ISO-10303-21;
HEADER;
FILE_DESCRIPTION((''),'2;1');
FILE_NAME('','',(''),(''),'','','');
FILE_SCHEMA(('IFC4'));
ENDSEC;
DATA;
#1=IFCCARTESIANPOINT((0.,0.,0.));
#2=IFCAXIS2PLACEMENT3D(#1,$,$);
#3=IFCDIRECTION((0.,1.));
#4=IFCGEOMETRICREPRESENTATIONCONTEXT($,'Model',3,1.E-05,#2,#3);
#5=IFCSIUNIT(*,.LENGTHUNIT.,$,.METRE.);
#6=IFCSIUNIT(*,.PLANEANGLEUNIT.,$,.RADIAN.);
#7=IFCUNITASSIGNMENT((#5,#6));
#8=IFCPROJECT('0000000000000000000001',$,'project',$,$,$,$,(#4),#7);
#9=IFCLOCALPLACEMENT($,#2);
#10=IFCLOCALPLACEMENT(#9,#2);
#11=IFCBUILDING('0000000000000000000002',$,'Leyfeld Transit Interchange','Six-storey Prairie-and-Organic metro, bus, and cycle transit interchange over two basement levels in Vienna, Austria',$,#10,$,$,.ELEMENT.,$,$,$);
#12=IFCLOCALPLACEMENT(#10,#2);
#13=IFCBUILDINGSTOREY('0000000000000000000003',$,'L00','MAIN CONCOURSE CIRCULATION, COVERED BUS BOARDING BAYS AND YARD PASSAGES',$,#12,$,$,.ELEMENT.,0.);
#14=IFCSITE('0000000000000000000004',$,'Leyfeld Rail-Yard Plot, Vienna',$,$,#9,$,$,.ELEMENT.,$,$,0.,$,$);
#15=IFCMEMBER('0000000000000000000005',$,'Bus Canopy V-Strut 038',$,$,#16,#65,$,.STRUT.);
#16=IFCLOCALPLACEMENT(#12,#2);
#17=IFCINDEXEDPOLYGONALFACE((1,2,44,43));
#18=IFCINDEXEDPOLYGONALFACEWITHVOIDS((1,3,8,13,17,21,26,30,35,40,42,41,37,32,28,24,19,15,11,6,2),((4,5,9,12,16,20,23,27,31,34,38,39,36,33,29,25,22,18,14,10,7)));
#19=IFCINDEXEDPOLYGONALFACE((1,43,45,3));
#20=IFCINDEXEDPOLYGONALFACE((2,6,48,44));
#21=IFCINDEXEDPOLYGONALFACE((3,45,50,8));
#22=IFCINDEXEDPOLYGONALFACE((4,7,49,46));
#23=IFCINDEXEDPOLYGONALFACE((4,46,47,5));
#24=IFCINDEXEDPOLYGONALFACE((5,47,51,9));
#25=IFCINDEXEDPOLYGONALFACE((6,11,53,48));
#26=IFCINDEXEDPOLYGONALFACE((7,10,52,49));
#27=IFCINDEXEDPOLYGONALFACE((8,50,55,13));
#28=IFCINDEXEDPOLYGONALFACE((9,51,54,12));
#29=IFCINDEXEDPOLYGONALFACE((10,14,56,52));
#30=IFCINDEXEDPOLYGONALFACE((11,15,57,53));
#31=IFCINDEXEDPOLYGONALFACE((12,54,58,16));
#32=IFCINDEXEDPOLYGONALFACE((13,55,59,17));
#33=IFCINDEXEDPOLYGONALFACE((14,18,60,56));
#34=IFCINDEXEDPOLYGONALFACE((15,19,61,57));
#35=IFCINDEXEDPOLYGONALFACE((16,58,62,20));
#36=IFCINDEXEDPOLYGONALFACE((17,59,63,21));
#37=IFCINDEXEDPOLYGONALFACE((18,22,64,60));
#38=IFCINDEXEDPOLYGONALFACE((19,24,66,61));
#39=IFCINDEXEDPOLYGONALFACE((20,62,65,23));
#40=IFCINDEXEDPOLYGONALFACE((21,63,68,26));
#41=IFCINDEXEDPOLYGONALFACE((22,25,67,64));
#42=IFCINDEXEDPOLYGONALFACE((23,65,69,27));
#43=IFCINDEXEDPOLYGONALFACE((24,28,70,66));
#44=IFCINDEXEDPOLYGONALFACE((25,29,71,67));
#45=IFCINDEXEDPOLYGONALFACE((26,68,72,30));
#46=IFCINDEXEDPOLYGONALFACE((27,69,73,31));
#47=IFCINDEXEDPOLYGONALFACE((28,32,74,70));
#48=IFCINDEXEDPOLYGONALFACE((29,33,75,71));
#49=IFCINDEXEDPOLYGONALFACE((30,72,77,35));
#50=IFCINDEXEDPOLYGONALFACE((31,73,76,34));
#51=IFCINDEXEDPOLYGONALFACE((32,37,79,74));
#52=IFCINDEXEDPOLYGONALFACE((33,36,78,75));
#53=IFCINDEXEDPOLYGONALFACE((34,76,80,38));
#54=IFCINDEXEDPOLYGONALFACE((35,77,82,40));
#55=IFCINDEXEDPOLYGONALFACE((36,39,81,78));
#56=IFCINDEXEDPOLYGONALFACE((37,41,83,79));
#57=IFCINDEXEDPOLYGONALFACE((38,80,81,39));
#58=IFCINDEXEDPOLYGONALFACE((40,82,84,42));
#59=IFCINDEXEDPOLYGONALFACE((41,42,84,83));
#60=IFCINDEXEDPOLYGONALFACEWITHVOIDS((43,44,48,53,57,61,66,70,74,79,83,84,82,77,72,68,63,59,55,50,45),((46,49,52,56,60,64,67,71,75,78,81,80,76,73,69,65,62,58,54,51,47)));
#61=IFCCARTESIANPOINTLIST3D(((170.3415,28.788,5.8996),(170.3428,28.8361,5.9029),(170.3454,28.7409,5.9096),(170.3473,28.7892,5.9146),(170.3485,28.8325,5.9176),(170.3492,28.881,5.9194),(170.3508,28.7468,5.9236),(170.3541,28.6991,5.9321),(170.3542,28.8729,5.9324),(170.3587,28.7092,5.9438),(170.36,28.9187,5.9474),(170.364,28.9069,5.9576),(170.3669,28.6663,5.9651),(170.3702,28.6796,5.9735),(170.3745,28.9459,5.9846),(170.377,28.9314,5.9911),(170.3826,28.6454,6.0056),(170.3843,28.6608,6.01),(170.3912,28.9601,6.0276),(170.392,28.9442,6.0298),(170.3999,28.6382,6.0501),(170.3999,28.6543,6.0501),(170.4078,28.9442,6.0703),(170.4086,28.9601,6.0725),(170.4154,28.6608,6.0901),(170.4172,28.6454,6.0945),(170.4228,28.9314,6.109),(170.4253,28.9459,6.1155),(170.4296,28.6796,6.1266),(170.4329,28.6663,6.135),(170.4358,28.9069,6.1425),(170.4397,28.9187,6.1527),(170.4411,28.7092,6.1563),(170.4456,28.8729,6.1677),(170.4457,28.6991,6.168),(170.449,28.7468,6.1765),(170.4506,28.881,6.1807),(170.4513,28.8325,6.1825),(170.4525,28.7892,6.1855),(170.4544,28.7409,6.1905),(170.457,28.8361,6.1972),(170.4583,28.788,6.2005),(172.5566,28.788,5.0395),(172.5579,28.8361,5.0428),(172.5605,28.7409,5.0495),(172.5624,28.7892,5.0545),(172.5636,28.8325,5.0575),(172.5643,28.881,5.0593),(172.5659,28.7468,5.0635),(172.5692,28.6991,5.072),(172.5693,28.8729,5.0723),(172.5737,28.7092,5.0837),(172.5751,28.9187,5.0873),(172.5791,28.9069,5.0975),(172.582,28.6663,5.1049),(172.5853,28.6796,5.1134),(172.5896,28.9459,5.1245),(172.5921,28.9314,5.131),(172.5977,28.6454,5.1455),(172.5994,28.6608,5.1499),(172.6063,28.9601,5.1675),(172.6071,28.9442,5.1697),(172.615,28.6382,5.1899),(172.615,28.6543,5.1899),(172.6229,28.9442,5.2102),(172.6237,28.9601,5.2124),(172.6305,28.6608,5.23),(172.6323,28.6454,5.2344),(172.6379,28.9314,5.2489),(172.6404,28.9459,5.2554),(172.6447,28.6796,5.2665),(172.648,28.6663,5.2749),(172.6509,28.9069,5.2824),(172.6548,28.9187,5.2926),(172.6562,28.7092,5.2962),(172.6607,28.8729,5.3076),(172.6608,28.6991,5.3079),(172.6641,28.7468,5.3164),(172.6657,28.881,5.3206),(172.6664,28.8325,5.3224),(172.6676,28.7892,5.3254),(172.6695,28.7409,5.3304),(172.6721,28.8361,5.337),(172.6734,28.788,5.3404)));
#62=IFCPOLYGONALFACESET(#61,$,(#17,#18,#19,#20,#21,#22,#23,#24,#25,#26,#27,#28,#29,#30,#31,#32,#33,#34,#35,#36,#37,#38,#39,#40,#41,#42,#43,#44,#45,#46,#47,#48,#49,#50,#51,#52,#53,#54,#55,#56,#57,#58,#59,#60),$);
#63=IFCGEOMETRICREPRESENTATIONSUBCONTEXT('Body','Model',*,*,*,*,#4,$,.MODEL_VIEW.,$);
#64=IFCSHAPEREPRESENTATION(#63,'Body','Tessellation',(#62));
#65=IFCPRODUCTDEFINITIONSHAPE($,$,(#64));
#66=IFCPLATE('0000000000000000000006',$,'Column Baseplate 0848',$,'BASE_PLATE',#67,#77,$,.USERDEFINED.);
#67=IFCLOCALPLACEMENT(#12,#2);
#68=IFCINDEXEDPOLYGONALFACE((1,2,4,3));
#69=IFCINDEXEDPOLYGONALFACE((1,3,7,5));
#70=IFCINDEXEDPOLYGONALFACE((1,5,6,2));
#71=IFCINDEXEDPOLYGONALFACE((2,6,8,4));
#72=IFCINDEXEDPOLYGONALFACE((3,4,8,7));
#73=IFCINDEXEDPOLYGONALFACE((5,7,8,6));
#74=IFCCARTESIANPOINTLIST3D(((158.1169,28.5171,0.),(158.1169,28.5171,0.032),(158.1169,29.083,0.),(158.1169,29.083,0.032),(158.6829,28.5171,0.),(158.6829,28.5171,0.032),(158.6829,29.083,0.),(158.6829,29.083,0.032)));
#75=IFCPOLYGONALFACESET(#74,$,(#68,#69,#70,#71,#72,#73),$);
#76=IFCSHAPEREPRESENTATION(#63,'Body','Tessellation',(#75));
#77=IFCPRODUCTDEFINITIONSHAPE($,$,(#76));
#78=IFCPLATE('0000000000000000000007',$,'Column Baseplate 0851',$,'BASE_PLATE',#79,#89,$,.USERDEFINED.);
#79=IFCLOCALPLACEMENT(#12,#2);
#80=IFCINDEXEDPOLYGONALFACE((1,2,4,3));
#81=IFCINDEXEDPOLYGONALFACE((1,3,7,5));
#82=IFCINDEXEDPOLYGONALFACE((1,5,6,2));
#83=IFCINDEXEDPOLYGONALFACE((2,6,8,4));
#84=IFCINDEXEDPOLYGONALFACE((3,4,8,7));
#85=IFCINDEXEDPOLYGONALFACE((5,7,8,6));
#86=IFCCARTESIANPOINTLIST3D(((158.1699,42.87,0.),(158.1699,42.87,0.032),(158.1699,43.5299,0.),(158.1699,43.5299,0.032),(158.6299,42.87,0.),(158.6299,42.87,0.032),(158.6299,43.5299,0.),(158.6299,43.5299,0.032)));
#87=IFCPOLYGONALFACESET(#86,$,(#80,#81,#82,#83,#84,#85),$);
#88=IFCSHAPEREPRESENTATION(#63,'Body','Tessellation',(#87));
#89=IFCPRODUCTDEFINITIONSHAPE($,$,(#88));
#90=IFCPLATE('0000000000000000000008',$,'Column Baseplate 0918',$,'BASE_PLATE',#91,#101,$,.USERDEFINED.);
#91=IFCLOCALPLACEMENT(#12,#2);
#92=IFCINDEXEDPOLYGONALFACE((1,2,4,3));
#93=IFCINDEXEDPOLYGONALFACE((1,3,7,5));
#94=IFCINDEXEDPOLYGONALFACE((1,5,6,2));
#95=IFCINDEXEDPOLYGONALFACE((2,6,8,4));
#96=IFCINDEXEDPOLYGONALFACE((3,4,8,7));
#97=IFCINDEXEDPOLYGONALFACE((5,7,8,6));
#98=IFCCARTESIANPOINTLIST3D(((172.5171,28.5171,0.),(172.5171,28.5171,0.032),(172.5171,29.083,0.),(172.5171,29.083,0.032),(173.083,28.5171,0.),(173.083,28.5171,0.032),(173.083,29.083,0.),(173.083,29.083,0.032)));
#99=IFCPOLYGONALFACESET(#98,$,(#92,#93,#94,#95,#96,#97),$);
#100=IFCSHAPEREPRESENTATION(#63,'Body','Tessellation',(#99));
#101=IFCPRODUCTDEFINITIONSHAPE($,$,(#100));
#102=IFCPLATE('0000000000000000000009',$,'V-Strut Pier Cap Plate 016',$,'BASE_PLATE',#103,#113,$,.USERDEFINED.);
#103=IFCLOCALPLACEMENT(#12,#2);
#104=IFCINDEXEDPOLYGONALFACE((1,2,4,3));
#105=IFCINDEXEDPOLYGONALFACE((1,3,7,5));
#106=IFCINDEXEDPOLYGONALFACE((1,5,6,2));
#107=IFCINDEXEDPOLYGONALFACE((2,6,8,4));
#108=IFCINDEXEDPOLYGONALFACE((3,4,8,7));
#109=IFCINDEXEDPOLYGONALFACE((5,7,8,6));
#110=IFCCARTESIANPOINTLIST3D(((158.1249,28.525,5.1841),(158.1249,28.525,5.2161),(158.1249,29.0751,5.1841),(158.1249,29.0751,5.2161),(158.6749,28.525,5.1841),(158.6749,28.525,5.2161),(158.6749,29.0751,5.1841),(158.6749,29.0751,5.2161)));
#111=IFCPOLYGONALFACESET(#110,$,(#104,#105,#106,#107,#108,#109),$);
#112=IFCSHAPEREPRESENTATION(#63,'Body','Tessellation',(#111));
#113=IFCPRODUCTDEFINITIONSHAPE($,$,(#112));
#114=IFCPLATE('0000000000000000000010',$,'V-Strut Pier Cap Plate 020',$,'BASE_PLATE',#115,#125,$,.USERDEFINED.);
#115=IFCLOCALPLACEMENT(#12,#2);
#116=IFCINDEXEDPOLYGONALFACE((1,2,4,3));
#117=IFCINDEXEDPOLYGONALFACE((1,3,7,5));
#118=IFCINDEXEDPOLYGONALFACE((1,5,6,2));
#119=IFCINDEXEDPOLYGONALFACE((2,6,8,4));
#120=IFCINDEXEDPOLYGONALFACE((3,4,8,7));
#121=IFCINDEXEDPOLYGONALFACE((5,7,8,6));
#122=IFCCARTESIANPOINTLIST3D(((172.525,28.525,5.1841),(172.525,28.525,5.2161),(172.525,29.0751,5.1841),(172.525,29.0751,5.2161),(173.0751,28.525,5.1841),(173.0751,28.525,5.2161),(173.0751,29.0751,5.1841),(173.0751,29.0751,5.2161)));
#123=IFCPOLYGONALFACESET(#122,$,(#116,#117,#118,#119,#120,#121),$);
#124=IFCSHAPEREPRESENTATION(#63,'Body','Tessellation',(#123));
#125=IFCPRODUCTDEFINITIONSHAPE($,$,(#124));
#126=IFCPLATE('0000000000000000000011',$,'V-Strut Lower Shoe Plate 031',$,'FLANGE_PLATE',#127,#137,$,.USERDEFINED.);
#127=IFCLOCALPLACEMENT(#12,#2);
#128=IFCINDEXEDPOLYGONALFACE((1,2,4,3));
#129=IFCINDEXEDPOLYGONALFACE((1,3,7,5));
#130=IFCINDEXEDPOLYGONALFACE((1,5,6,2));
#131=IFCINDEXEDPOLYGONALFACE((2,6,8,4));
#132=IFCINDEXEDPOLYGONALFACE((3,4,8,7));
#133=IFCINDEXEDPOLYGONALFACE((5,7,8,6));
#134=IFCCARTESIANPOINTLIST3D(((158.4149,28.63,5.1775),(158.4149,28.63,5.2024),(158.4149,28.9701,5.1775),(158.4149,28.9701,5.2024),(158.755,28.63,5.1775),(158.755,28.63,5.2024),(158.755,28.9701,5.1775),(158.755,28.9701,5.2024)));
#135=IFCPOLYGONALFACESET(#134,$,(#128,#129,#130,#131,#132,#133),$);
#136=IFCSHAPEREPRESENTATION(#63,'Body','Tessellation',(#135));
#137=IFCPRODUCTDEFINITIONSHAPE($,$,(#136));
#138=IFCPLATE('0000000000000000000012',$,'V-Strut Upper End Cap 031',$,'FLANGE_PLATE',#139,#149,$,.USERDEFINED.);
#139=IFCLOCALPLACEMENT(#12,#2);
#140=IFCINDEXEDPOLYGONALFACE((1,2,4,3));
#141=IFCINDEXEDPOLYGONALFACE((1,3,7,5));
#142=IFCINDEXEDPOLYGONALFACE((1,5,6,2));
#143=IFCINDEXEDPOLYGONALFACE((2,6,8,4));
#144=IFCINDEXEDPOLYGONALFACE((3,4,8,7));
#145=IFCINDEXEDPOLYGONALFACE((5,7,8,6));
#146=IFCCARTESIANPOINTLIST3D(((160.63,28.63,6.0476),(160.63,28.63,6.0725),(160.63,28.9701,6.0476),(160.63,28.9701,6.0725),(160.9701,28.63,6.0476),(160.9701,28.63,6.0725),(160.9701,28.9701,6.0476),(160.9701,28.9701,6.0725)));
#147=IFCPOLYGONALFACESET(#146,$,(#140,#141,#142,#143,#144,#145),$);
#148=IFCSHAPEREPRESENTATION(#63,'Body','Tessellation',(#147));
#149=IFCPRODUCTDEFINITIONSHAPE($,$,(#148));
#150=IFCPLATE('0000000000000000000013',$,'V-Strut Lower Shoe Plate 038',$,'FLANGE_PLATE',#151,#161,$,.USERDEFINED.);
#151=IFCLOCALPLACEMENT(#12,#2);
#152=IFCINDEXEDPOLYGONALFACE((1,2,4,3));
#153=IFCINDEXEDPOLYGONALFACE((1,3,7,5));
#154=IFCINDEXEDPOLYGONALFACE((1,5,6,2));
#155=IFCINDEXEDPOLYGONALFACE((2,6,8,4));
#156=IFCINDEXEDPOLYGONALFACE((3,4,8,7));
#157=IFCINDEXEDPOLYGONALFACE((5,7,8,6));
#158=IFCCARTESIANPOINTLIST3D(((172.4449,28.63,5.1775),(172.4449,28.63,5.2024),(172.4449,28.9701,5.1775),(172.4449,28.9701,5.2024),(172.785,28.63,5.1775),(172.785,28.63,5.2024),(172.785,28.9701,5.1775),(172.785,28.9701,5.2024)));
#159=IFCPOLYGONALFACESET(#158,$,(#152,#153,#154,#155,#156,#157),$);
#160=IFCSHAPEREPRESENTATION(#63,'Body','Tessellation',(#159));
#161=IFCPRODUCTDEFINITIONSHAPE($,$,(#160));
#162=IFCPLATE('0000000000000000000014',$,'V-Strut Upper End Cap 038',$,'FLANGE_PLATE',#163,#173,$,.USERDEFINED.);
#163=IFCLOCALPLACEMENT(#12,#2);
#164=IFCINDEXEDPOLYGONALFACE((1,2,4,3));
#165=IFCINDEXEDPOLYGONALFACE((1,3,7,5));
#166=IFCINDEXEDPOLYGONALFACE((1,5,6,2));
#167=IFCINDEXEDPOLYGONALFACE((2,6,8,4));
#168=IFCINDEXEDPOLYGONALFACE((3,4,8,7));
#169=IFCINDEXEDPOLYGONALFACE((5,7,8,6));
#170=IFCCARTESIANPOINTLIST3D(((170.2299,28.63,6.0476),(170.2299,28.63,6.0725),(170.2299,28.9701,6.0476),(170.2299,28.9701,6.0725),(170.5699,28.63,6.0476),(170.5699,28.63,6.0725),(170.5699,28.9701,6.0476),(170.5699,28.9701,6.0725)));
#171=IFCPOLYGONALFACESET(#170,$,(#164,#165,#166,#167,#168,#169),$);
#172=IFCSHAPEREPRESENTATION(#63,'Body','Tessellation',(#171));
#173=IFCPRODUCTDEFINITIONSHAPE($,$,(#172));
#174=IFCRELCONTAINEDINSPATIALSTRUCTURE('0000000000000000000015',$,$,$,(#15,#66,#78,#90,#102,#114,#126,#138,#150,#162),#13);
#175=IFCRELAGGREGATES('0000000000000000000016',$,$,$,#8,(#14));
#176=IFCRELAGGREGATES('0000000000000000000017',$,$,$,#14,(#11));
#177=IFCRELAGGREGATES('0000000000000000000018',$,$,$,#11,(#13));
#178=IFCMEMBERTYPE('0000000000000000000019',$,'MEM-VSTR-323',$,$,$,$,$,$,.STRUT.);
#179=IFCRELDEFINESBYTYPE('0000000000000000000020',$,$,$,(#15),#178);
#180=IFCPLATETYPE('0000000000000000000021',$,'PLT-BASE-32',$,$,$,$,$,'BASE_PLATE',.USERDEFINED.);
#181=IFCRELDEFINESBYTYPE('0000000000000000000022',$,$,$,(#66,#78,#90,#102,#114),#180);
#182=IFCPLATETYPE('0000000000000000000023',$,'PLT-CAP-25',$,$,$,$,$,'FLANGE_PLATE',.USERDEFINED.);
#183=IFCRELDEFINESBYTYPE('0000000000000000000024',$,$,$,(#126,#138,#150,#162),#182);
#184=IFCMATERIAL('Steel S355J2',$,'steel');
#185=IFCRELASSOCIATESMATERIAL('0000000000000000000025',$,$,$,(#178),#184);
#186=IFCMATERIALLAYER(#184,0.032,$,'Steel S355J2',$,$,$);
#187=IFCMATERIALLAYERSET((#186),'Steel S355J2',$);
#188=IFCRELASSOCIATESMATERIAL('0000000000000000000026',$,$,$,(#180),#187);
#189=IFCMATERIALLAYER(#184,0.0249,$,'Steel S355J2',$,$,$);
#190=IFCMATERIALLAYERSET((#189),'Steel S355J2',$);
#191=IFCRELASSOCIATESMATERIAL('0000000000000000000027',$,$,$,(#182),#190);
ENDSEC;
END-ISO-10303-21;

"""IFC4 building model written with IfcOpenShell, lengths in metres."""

from ifc_helpers import new_model, si_unit, direction, frame, origin, origin_2d, place, context, subcontext, project, spatial, rectangle, hollow_circle, extrude, material, layer, layer_set, material_profile, profile_set, type_object, element, save


model = new_model("IFC4")

# Units and contexts
model_context = context("Model", 3, precision=1e-05, world=origin(), true_north=direction((0.0, 1.0)))
body_context = subcontext(model_context, "Body", "Model", "MODEL_VIEW")
ifc_project = project(units=[si_unit("LENGTHUNIT", "METRE"), si_unit("PLANEANGLEUNIT", "RADIAN")], contexts=[model_context])

# Site, building, storey
site_placement = place(None, origin())
site = spatial("IfcSite", under=ifc_project, at=site_placement, Name="Leyfeld Rail-Yard Plot, Vienna", CompositionType="ELEMENT", RefElevation=0.0)
building_placement = place(site_placement, origin())
building = spatial("IfcBuilding", under=site, at=building_placement, Name="Leyfeld Transit Interchange", Description="Six-storey Prairie-and-Organic metro, bus, and cycle transit interchange over two basement levels in Vienna, Austria", CompositionType="ELEMENT")
storey_placement = place(building_placement, origin())
storey = spatial("IfcBuildingStorey", under=building, at=storey_placement, Name="L00", Description="MAIN CONCOURSE CIRCULATION, COVERED BUS BOARDING BAYS AND YARD PASSAGES", CompositionType="ELEMENT", Elevation=0.0)

# Shared definitions
ifc_material_1 = material(Name="Steel S355J2", Category="steel")

# Member
ifc_material_profile_1 = material_profile(ifc_material_1, hollow_circle(Radius=0.1619, WallThickness=0.0161, at=origin_2d()), Name="CHS 323.9x16")
ifc_profile_set_1 = profile_set([ifc_material_profile_1], Name="Steel S355J2")
member_type_1 = type_object("IfcMemberType", Name="MEM-VSTR-323", PredefinedType="STRUT", material=ifc_profile_set_1)
member_1_placement = place(storey_placement, frame((172.615, 28.8, 5.1899), z_axis=(-0.932192, 0.0, 0.361965), x_axis=(0.0, -1.0, 0.0)))
element("IfcMember", 1, at=member_1_placement, inside=storey, type_object=member_type_1, Name="Bus Canopy V-Strut 038", PredefinedType="STRUT", context=body_context, shape_type="SweptSolid", body=[
    extrude(hollow_circle(Radius=0.1619, WallThickness=0.0161, at=origin_2d()), origin(), (0.0, 0.0, 1.0), 2.3762),
])

# Plates
ifc_layer_1 = layer(ifc_material_1, 0.032, Name="Steel S355J2")
ifc_layer_set_1 = layer_set([ifc_layer_1], Name="Steel S355J2")
plate_type_1 = type_object("IfcPlateType", Name="PLT-BASE-32", ElementType="BASE_PLATE", PredefinedType="USERDEFINED", material=ifc_layer_set_1)
plate_1_placement = place(storey_placement, frame((158.3999, 28.8, 0.0), z_axis=(0.0, 0.0, 1.0), x_axis=(1.0, 0.0, 0.0)))
element("IfcPlate", 2, at=plate_1_placement, inside=storey, type_object=plate_type_1, Name="Column Baseplate 0848", ObjectType="BASE_PLATE", PredefinedType="USERDEFINED", context=body_context, shape_type="SweptSolid", body=[
    extrude(rectangle(XDim=0.5659, YDim=0.5659, at=origin_2d()), origin(), (0.0, 0.0, 1.0), 0.032),
])
plate_2_placement = place(storey_placement, frame((158.3999, 43.2, 0.0), z_axis=(0.0, 0.0, 1.0), x_axis=(1.0, 0.0, 0.0)))
element("IfcPlate", 3, at=plate_2_placement, inside=storey, type_object=plate_type_1, Name="Column Baseplate 0851", ObjectType="BASE_PLATE", PredefinedType="USERDEFINED", context=body_context, shape_type="SweptSolid", body=[
    extrude(rectangle(XDim=0.46, YDim=0.6599, at=origin_2d()), origin(), (0.0, 0.0, 1.0), 0.032),
])
plate_3_placement = place(storey_placement, frame((172.8, 28.8, 0.0), z_axis=(0.0, 0.0, 1.0), x_axis=(1.0, 0.0, 0.0)))
element("IfcPlate", 4, at=plate_3_placement, inside=storey, type_object=plate_type_1, Name="Column Baseplate 0918", ObjectType="BASE_PLATE", PredefinedType="USERDEFINED", context=body_context, shape_type="SweptSolid", body=[
    extrude(rectangle(XDim=0.5659, YDim=0.5659, at=origin_2d()), origin(), (0.0, 0.0, 1.0), 0.032),
])
for number, where, z_axis, x_axis, name in (
    (5, (158.3999, 28.8, 5.1841), (0.0, 0.0, 1.0), (1.0, 0.0, 0.0), "V-Strut Pier Cap Plate 016"),
    (6, (172.8, 28.8, 5.1841), (0.0, 0.0, 1.0), (1.0, 0.0, 0.0), "V-Strut Pier Cap Plate 020"),
):
    element("IfcPlate", number, at=place(storey_placement, frame(where, z_axis=z_axis, x_axis=x_axis)), inside=storey, type_object=plate_type_1, Name=name, ObjectType="BASE_PLATE", PredefinedType="USERDEFINED", context=body_context, shape_type="SweptSolid", body=[
        extrude(rectangle(XDim=0.55, YDim=0.55, at=origin_2d()), origin(), (0.0, 0.0, 1.0), 0.032),
    ])
ifc_layer_2 = layer(ifc_material_1, 0.0249, Name="Steel S355J2")
ifc_layer_set_2 = layer_set([ifc_layer_2], Name="Steel S355J2")
plate_type_2 = type_object("IfcPlateType", Name="PLT-CAP-25", ElementType="FLANGE_PLATE", PredefinedType="USERDEFINED", material=ifc_layer_set_2)
for number, where, z_axis, x_axis, name in (
    (7, (158.585, 28.8, 5.1775), (0.0, 0.0, 1.0), (1.0, 0.0, 0.0), "V-Strut Lower Shoe Plate 031"),
    (8, (160.8, 28.8, 6.0476), (0.0, 0.0, 1.0), (1.0, 0.0, 0.0), "V-Strut Upper End Cap 031"),
    (9, (172.615, 28.8, 5.1775), (0.0, 0.0, 1.0), (1.0, 0.0, 0.0), "V-Strut Lower Shoe Plate 038"),
    (10, (170.3999, 28.8, 6.0476), (0.0, 0.0, 1.0), (1.0, 0.0, 0.0), "V-Strut Upper End Cap 038"),
):
    element("IfcPlate", number, at=place(storey_placement, frame(where, z_axis=z_axis, x_axis=x_axis)), inside=storey, type_object=plate_type_2, Name=name, ObjectType="FLANGE_PLATE", PredefinedType="USERDEFINED", context=body_context, shape_type="SweptSolid", body=[
        extrude(rectangle(XDim=0.3401, YDim=0.3401, at=origin_2d()), origin(), (0.0, 0.0, 1.0), 0.0249),
    ])

save(model, "model.ifc")
